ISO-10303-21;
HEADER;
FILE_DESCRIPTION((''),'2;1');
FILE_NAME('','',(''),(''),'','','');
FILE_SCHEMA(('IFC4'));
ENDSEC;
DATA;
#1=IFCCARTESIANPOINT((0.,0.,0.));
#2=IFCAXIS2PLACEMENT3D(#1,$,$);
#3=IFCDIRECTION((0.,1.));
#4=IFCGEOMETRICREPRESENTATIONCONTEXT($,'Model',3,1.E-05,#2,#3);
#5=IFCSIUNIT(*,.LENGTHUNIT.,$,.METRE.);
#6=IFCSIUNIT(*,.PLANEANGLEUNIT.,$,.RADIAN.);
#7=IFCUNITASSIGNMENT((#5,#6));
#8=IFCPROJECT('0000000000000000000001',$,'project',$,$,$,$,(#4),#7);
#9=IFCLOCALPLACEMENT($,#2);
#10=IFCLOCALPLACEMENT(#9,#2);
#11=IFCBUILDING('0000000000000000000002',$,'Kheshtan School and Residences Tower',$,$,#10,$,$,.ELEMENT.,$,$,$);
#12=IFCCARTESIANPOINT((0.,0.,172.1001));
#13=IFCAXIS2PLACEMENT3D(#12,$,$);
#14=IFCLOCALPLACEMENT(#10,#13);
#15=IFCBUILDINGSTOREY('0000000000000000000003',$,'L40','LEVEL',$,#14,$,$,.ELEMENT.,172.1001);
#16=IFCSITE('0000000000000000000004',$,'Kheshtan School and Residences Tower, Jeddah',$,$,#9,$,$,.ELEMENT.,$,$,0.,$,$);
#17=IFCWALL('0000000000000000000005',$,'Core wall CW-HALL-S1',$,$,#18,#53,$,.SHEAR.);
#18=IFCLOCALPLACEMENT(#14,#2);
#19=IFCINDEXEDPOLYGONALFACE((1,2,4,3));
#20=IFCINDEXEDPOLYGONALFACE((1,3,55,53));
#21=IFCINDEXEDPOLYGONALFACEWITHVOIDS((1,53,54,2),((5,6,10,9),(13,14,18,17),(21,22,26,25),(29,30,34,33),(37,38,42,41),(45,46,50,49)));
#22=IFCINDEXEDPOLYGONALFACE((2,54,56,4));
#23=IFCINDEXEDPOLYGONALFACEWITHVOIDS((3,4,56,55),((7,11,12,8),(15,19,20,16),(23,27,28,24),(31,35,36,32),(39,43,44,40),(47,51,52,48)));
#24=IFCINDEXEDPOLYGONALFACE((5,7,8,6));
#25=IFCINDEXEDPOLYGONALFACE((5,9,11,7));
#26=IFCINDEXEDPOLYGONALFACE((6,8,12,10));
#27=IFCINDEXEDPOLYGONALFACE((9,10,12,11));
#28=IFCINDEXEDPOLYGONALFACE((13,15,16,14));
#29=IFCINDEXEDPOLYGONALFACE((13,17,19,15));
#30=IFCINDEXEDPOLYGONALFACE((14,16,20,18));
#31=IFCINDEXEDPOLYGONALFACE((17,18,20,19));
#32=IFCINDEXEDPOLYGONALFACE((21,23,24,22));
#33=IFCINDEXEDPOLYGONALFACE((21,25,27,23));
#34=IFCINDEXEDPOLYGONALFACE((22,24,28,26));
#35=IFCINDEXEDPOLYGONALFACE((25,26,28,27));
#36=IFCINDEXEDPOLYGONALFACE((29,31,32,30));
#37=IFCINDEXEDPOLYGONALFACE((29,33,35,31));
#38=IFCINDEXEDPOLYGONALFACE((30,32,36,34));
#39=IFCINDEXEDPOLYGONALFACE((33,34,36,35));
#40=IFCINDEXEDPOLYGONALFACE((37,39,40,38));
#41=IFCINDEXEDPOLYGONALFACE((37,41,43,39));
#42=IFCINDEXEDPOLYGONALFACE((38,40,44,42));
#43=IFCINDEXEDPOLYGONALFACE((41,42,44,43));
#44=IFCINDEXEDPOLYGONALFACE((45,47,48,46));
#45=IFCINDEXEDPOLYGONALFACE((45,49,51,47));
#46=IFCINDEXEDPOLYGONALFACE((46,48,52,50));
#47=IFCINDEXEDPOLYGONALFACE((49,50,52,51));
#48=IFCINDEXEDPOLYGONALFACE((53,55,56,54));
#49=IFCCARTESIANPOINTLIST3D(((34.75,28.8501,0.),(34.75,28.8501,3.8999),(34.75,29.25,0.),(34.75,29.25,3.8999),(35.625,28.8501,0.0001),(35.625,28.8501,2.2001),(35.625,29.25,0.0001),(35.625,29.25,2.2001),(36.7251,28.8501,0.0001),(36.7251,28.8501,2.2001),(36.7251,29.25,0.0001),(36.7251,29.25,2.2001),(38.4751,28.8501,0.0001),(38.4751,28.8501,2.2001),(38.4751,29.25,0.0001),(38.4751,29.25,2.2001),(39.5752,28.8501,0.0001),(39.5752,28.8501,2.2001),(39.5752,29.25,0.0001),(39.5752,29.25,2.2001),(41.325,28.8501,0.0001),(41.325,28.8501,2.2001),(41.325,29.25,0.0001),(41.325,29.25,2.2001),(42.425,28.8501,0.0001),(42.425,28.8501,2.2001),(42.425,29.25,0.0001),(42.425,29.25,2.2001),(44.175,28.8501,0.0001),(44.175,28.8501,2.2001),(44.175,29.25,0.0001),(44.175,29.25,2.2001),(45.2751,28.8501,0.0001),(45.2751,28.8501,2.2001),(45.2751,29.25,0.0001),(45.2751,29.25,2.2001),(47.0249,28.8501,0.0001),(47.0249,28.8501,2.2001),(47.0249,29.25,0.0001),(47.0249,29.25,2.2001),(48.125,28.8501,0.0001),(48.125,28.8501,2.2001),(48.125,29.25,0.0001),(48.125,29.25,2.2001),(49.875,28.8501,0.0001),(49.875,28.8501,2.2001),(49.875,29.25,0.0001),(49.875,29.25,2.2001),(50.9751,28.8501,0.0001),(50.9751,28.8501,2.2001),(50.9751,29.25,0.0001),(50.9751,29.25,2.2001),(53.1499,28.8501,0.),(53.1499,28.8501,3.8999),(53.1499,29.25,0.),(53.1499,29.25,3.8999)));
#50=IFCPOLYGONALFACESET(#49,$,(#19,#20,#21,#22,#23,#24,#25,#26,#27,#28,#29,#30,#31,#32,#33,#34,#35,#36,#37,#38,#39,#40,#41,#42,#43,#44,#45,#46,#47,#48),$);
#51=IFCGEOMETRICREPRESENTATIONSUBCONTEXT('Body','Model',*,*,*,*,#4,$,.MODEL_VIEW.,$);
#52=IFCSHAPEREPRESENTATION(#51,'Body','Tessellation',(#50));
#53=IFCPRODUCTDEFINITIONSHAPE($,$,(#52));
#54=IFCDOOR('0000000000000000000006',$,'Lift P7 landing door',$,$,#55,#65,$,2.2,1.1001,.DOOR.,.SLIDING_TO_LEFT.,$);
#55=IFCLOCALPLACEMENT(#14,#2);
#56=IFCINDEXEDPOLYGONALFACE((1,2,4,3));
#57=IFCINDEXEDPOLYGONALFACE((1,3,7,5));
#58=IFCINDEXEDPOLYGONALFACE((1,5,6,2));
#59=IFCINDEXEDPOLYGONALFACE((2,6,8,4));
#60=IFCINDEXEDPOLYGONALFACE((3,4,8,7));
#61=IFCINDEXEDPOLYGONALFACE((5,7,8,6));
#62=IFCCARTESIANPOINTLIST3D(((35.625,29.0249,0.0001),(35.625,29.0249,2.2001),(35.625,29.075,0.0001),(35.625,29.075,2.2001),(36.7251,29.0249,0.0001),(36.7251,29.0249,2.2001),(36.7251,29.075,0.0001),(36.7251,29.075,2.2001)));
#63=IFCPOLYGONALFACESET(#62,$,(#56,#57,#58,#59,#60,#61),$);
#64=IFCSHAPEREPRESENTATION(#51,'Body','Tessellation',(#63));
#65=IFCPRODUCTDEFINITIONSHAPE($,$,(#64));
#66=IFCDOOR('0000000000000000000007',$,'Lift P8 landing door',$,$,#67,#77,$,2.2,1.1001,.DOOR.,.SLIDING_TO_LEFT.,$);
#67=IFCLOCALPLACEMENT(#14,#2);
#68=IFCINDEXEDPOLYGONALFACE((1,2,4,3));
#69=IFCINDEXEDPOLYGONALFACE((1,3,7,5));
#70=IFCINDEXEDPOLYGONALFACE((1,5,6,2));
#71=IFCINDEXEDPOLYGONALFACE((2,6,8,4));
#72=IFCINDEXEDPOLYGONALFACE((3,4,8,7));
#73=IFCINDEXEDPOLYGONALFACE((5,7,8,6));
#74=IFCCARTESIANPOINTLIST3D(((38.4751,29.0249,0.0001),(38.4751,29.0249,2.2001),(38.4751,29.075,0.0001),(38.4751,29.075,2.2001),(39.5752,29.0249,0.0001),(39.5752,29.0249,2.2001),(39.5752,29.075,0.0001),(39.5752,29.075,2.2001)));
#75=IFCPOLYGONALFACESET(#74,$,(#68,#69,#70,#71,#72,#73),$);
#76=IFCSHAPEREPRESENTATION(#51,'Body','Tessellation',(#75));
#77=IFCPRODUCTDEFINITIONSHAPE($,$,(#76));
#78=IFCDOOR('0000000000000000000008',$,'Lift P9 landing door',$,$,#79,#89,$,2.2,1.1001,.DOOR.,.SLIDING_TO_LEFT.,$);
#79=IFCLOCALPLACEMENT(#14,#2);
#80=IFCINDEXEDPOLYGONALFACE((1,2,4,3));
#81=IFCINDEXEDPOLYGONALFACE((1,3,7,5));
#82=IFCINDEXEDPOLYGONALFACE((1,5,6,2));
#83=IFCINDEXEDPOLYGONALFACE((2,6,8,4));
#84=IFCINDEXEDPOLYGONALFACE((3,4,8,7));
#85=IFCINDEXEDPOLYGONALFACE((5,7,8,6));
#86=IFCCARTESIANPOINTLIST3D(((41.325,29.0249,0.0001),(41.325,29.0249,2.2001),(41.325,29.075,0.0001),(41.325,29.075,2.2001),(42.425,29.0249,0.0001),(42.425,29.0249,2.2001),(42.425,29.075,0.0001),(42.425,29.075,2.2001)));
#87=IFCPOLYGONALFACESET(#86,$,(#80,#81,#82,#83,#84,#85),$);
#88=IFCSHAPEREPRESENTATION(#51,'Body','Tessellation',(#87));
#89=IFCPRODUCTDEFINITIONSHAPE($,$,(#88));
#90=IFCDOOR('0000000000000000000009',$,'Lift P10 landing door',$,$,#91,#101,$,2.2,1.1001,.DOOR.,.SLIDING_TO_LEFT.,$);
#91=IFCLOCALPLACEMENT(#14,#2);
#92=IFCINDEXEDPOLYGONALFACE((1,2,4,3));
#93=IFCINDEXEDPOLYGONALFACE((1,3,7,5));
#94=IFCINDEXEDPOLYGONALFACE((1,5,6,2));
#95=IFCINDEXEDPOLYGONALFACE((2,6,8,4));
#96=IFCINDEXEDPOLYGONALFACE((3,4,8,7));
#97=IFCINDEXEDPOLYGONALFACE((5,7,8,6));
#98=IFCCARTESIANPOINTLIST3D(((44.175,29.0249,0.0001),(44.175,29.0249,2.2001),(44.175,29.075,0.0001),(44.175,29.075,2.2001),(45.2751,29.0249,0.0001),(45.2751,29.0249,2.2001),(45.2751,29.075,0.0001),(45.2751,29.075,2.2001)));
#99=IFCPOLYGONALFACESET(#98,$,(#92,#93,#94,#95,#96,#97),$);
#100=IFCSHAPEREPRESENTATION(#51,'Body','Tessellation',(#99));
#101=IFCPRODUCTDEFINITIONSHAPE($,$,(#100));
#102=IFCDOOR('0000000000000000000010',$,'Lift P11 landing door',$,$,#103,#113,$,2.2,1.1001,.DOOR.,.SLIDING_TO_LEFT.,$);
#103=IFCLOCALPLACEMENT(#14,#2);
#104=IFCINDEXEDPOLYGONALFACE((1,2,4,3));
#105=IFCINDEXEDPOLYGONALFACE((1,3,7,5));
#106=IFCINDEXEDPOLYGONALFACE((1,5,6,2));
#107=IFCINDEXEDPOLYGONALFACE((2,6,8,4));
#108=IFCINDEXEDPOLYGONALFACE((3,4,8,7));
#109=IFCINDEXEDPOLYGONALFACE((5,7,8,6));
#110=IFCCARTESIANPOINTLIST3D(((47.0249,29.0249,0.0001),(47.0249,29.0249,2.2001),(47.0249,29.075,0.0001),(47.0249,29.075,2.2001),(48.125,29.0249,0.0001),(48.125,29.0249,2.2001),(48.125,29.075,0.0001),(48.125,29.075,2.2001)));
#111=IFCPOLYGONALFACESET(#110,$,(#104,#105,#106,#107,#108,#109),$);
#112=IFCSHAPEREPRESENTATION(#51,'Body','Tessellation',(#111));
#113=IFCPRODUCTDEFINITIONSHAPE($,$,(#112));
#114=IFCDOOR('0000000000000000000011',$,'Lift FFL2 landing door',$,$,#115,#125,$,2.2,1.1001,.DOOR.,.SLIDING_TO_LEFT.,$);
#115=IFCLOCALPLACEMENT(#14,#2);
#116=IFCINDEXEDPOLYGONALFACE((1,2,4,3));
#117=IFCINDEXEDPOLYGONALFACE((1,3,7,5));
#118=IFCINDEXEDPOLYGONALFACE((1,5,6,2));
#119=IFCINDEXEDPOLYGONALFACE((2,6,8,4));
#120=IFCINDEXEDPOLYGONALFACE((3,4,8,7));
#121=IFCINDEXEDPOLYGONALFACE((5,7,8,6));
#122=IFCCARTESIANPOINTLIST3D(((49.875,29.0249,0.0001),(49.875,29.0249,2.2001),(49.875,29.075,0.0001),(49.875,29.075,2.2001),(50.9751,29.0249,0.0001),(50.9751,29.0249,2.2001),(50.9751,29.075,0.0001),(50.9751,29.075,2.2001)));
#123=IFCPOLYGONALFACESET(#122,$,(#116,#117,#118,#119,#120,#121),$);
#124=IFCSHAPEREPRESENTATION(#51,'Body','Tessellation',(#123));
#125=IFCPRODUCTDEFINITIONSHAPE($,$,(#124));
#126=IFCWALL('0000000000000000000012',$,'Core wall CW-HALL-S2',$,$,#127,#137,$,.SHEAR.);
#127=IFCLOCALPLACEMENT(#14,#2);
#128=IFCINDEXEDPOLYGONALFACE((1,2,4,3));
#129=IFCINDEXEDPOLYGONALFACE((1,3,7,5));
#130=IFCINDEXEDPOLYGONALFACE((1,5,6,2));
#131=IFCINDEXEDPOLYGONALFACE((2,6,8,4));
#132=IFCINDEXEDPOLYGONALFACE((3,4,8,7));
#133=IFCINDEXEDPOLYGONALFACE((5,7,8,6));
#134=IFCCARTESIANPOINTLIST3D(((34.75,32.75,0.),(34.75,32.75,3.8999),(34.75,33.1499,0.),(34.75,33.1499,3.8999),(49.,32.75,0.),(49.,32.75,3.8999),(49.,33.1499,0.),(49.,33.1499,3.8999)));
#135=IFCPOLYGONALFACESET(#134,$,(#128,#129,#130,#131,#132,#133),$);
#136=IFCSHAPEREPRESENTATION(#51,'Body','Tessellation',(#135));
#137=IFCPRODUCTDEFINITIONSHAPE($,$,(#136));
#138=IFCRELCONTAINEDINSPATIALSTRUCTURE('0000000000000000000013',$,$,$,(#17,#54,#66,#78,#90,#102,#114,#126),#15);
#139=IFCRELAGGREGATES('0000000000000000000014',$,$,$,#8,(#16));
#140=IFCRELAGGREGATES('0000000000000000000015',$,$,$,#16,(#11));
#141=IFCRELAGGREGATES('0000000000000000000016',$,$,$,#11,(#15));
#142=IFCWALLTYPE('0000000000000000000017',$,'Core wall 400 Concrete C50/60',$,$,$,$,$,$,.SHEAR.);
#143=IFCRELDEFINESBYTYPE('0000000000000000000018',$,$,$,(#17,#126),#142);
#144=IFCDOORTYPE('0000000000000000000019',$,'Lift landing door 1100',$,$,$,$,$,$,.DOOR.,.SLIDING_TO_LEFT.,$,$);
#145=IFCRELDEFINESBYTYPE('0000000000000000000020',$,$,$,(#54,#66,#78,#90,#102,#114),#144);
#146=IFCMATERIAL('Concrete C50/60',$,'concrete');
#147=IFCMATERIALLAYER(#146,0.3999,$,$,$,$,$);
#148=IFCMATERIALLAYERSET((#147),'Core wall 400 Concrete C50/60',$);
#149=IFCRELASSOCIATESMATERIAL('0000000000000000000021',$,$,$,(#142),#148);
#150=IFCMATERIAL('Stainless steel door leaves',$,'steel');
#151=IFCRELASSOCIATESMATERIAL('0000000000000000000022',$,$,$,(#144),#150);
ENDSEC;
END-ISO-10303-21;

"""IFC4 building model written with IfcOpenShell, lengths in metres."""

from ifc_helpers import new_model, si_unit, direction, frame, frame_2d, origin, place, context, subcontext, project, spatial, rectangle, extrude, source, transform, mapped, material, layer, layer_set, type_object, element, fill, save


model = new_model("IFC4")

# Units and contexts
model_context = context("Model", 3, precision=1e-05, world=origin(), true_north=direction((0.0, 1.0)))
body_context = subcontext(model_context, "Body", "Model", "MODEL_VIEW")
ifc_project = project(units=[si_unit("LENGTHUNIT", "METRE"), si_unit("PLANEANGLEUNIT", "RADIAN")], contexts=[model_context])

# Site, building, storey
site_placement = place(None, origin())
site = spatial("IfcSite", under=ifc_project, at=site_placement, Name="Kheshtan School and Residences Tower, Jeddah", CompositionType="ELEMENT", RefElevation=0.0)
building_placement = place(site_placement, origin())
building = spatial("IfcBuilding", under=site, at=building_placement, Name="Kheshtan School and Residences Tower", CompositionType="ELEMENT")
storey_placement = place(building_placement, frame((0.0, 0.0, 172.1001)))
storey = spatial("IfcBuildingStorey", under=building, at=storey_placement, Name="L40", Description="LEVEL", CompositionType="ELEMENT", Elevation=172.1001)

# Wall, openings, doors
ifc_material_1 = material(Name="Concrete C50/60", Category="concrete")
ifc_layer_1 = layer(ifc_material_1, 0.3999)
ifc_layer_set_1 = layer_set([ifc_layer_1], Name="Core wall 400 Concrete C50/60")
wall_type_1 = type_object("IfcWallType", Name="Core wall 400 Concrete C50/60", PredefinedType="SHEAR", material=ifc_layer_set_1)
wall_1_placement = place(storey_placement, frame((34.75, 29.05, 0.0), z_axis=(0.0, 0.0, 1.0), x_axis=(1.0, 0.0, 0.0)))
wall_1 = element("IfcWall", 1, at=wall_1_placement, inside=storey, type_object=wall_type_1, Name="Core wall CW-HALL-S1", PredefinedType="SHEAR", context=body_context, shape_type="SweptSolid", body=[
    extrude(rectangle(XDim=18.3999, YDim=0.3999, at=frame_2d((9.2, 0.0))), origin(), (0.0, 0.0, 1.0), 3.8999),
])
opening_1_placement = place(wall_1_placement, frame((0.875, 0.0, 0.0)))
opening_1 = element("IfcOpeningElement", 2, at=opening_1_placement, cuts=wall_1, PredefinedType="OPENING", context=body_context, shape_type="SweptSolid", body=[
    extrude(rectangle(XDim=1.1001, YDim=2.2, at=frame_2d((0.55, 1.1001))), frame((0.0, 0.21, 0.0), z_axis=(0.0, -1.0, 0.0), x_axis=(1.0, 0.0, 0.0)), (0.0, 0.0, 1.0), 0.4199),
])
opening_2_placement = place(wall_1_placement, frame((3.7251, 0.0, 0.0)))
opening_2 = element("IfcOpeningElement", 3, at=opening_2_placement, cuts=wall_1, PredefinedType="OPENING", context=body_context, shape_type="SweptSolid", body=[
    extrude(rectangle(XDim=1.1001, YDim=2.2, at=frame_2d((0.55, 1.1001))), frame((0.0, 0.21, 0.0), z_axis=(0.0, -1.0, 0.0), x_axis=(1.0, 0.0, 0.0)), (0.0, 0.0, 1.0), 0.4199),
])
opening_3_placement = place(wall_1_placement, frame((6.575, 0.0, 0.0)))
opening_3 = element("IfcOpeningElement", 4, at=opening_3_placement, cuts=wall_1, PredefinedType="OPENING", context=body_context, shape_type="SweptSolid", body=[
    extrude(rectangle(XDim=1.1001, YDim=2.2, at=frame_2d((0.55, 1.1001))), frame((0.0, 0.21, 0.0), z_axis=(0.0, -1.0, 0.0), x_axis=(1.0, 0.0, 0.0)), (0.0, 0.0, 1.0), 0.4199),
])
opening_4_placement = place(wall_1_placement, frame((9.425, 0.0, 0.0)))
opening_4 = element("IfcOpeningElement", 5, at=opening_4_placement, cuts=wall_1, PredefinedType="OPENING", context=body_context, shape_type="SweptSolid", body=[
    extrude(rectangle(XDim=1.1001, YDim=2.2, at=frame_2d((0.55, 1.1001))), frame((0.0, 0.21, 0.0), z_axis=(0.0, -1.0, 0.0), x_axis=(1.0, 0.0, 0.0)), (0.0, 0.0, 1.0), 0.4199),
])
opening_5_placement = place(wall_1_placement, frame((12.2749, 0.0, 0.0)))
opening_5 = element("IfcOpeningElement", 6, at=opening_5_placement, cuts=wall_1, PredefinedType="OPENING", context=body_context, shape_type="SweptSolid", body=[
    extrude(rectangle(XDim=1.1001, YDim=2.2, at=frame_2d((0.55, 1.1001))), frame((0.0, 0.21, 0.0), z_axis=(0.0, -1.0, 0.0), x_axis=(1.0, 0.0, 0.0)), (0.0, 0.0, 1.0), 0.4199),
])
opening_6_placement = place(wall_1_placement, frame((15.125, 0.0, 0.0)))
opening_6 = element("IfcOpeningElement", 7, at=opening_6_placement, cuts=wall_1, PredefinedType="OPENING", context=body_context, shape_type="SweptSolid", body=[
    extrude(rectangle(XDim=1.1001, YDim=2.2, at=frame_2d((0.55, 1.1001))), frame((0.0, 0.21, 0.0), z_axis=(0.0, -1.0, 0.0), x_axis=(1.0, 0.0, 0.0)), (0.0, 0.0, 1.0), 0.4199),
])
ifc_material_2 = material(Name="Stainless steel door leaves", Category="steel")
door_type_1 = type_object("IfcDoorType", Name="Lift landing door 1100", OperationType="SLIDING_TO_LEFT", PredefinedType="DOOR", material=ifc_material_2)
shared_shape_1 = source(origin(), body_context, "Body", "SweptSolid", [
    extrude(rectangle(XDim=1.1001, YDim=2.2, at=frame_2d((0.55, 1.1001))), frame((0.0, 0.0249, 0.0), z_axis=(0.0, -1.0, 0.0), x_axis=(1.0, 0.0, 0.0)), (0.0, 0.0, 1.0), 0.05),
])
door_1_placement = place(opening_1_placement, origin())
door_1 = element("IfcDoor", 8, at=door_1_placement, inside=storey, type_object=door_type_1, Name="Lift P7 landing door", OperationType="SLIDING_TO_LEFT", OverallHeight=2.2, OverallWidth=1.1001, PredefinedType="DOOR", context=body_context, shape_type="MappedRepresentation", body=[
    mapped(shared_shape_1, transform((0.0, 0.0, 0.0), x_axis=(1.0, 0.0, 0.0), y_axis=(0.0, 1.0, 0.0), z_axis=(0.0, 0.0, 1.0), scale=1.0)),
])
fill(opening_1, door_1)
door_2_placement = place(opening_2_placement, origin())
door_2 = element("IfcDoor", 9, at=door_2_placement, inside=storey, type_object=door_type_1, Name="Lift P8 landing door", OperationType="SLIDING_TO_LEFT", OverallHeight=2.2, OverallWidth=1.1001, PredefinedType="DOOR", context=body_context, shape_type="MappedRepresentation", body=[
    mapped(shared_shape_1, transform((0.0, 0.0, 0.0), x_axis=(1.0, 0.0, 0.0), y_axis=(0.0, 1.0, 0.0), z_axis=(0.0, 0.0, 1.0), scale=1.0)),
])
fill(opening_2, door_2)
door_3_placement = place(opening_3_placement, origin())
door_3 = element("IfcDoor", 10, at=door_3_placement, inside=storey, type_object=door_type_1, Name="Lift P9 landing door", OperationType="SLIDING_TO_LEFT", OverallHeight=2.2, OverallWidth=1.1001, PredefinedType="DOOR", context=body_context, shape_type="MappedRepresentation", body=[
    mapped(shared_shape_1, transform((0.0, 0.0, 0.0), x_axis=(1.0, 0.0, 0.0), y_axis=(0.0, 1.0, 0.0), z_axis=(0.0, 0.0, 1.0), scale=1.0)),
])
fill(opening_3, door_3)
door_4_placement = place(opening_4_placement, origin())
door_4 = element("IfcDoor", 11, at=door_4_placement, inside=storey, type_object=door_type_1, Name="Lift P10 landing door", OperationType="SLIDING_TO_LEFT", OverallHeight=2.2, OverallWidth=1.1001, PredefinedType="DOOR", context=body_context, shape_type="MappedRepresentation", body=[
    mapped(shared_shape_1, transform((0.0, 0.0, 0.0), x_axis=(1.0, 0.0, 0.0), y_axis=(0.0, 1.0, 0.0), z_axis=(0.0, 0.0, 1.0), scale=1.0)),
])
fill(opening_4, door_4)
door_5_placement = place(opening_5_placement, origin())
door_5 = element("IfcDoor", 12, at=door_5_placement, inside=storey, type_object=door_type_1, Name="Lift P11 landing door", OperationType="SLIDING_TO_LEFT", OverallHeight=2.2, OverallWidth=1.1001, PredefinedType="DOOR", context=body_context, shape_type="MappedRepresentation", body=[
    mapped(shared_shape_1, transform((0.0, 0.0, 0.0), x_axis=(1.0, 0.0, 0.0), y_axis=(0.0, 1.0, 0.0), z_axis=(0.0, 0.0, 1.0), scale=1.0)),
])
fill(opening_5, door_5)
door_6_placement = place(opening_6_placement, origin())
door_6 = element("IfcDoor", 13, at=door_6_placement, inside=storey, type_object=door_type_1, Name="Lift FFL2 landing door", OperationType="SLIDING_TO_LEFT", OverallHeight=2.2, OverallWidth=1.1001, PredefinedType="DOOR", context=body_context, shape_type="MappedRepresentation", body=[
    mapped(shared_shape_1, transform((0.0, 0.0, 0.0), x_axis=(1.0, 0.0, 0.0), y_axis=(0.0, 1.0, 0.0), z_axis=(0.0, 0.0, 1.0), scale=1.0)),
])
fill(opening_6, door_6)

# Wall
wall_2_placement = place(storey_placement, frame((34.75, 32.95, 0.0), z_axis=(0.0, 0.0, 1.0), x_axis=(1.0, 0.0, 0.0)))
element("IfcWall", 14, at=wall_2_placement, inside=storey, type_object=wall_type_1, Name="Core wall CW-HALL-S2", PredefinedType="SHEAR", context=body_context, shape_type="SweptSolid", body=[
    extrude(rectangle(XDim=14.25, YDim=0.3999, at=frame_2d((7.125, 0.0))), origin(), (0.0, 0.0, 1.0), 3.8999),
])

save(model, "model.ifc")
